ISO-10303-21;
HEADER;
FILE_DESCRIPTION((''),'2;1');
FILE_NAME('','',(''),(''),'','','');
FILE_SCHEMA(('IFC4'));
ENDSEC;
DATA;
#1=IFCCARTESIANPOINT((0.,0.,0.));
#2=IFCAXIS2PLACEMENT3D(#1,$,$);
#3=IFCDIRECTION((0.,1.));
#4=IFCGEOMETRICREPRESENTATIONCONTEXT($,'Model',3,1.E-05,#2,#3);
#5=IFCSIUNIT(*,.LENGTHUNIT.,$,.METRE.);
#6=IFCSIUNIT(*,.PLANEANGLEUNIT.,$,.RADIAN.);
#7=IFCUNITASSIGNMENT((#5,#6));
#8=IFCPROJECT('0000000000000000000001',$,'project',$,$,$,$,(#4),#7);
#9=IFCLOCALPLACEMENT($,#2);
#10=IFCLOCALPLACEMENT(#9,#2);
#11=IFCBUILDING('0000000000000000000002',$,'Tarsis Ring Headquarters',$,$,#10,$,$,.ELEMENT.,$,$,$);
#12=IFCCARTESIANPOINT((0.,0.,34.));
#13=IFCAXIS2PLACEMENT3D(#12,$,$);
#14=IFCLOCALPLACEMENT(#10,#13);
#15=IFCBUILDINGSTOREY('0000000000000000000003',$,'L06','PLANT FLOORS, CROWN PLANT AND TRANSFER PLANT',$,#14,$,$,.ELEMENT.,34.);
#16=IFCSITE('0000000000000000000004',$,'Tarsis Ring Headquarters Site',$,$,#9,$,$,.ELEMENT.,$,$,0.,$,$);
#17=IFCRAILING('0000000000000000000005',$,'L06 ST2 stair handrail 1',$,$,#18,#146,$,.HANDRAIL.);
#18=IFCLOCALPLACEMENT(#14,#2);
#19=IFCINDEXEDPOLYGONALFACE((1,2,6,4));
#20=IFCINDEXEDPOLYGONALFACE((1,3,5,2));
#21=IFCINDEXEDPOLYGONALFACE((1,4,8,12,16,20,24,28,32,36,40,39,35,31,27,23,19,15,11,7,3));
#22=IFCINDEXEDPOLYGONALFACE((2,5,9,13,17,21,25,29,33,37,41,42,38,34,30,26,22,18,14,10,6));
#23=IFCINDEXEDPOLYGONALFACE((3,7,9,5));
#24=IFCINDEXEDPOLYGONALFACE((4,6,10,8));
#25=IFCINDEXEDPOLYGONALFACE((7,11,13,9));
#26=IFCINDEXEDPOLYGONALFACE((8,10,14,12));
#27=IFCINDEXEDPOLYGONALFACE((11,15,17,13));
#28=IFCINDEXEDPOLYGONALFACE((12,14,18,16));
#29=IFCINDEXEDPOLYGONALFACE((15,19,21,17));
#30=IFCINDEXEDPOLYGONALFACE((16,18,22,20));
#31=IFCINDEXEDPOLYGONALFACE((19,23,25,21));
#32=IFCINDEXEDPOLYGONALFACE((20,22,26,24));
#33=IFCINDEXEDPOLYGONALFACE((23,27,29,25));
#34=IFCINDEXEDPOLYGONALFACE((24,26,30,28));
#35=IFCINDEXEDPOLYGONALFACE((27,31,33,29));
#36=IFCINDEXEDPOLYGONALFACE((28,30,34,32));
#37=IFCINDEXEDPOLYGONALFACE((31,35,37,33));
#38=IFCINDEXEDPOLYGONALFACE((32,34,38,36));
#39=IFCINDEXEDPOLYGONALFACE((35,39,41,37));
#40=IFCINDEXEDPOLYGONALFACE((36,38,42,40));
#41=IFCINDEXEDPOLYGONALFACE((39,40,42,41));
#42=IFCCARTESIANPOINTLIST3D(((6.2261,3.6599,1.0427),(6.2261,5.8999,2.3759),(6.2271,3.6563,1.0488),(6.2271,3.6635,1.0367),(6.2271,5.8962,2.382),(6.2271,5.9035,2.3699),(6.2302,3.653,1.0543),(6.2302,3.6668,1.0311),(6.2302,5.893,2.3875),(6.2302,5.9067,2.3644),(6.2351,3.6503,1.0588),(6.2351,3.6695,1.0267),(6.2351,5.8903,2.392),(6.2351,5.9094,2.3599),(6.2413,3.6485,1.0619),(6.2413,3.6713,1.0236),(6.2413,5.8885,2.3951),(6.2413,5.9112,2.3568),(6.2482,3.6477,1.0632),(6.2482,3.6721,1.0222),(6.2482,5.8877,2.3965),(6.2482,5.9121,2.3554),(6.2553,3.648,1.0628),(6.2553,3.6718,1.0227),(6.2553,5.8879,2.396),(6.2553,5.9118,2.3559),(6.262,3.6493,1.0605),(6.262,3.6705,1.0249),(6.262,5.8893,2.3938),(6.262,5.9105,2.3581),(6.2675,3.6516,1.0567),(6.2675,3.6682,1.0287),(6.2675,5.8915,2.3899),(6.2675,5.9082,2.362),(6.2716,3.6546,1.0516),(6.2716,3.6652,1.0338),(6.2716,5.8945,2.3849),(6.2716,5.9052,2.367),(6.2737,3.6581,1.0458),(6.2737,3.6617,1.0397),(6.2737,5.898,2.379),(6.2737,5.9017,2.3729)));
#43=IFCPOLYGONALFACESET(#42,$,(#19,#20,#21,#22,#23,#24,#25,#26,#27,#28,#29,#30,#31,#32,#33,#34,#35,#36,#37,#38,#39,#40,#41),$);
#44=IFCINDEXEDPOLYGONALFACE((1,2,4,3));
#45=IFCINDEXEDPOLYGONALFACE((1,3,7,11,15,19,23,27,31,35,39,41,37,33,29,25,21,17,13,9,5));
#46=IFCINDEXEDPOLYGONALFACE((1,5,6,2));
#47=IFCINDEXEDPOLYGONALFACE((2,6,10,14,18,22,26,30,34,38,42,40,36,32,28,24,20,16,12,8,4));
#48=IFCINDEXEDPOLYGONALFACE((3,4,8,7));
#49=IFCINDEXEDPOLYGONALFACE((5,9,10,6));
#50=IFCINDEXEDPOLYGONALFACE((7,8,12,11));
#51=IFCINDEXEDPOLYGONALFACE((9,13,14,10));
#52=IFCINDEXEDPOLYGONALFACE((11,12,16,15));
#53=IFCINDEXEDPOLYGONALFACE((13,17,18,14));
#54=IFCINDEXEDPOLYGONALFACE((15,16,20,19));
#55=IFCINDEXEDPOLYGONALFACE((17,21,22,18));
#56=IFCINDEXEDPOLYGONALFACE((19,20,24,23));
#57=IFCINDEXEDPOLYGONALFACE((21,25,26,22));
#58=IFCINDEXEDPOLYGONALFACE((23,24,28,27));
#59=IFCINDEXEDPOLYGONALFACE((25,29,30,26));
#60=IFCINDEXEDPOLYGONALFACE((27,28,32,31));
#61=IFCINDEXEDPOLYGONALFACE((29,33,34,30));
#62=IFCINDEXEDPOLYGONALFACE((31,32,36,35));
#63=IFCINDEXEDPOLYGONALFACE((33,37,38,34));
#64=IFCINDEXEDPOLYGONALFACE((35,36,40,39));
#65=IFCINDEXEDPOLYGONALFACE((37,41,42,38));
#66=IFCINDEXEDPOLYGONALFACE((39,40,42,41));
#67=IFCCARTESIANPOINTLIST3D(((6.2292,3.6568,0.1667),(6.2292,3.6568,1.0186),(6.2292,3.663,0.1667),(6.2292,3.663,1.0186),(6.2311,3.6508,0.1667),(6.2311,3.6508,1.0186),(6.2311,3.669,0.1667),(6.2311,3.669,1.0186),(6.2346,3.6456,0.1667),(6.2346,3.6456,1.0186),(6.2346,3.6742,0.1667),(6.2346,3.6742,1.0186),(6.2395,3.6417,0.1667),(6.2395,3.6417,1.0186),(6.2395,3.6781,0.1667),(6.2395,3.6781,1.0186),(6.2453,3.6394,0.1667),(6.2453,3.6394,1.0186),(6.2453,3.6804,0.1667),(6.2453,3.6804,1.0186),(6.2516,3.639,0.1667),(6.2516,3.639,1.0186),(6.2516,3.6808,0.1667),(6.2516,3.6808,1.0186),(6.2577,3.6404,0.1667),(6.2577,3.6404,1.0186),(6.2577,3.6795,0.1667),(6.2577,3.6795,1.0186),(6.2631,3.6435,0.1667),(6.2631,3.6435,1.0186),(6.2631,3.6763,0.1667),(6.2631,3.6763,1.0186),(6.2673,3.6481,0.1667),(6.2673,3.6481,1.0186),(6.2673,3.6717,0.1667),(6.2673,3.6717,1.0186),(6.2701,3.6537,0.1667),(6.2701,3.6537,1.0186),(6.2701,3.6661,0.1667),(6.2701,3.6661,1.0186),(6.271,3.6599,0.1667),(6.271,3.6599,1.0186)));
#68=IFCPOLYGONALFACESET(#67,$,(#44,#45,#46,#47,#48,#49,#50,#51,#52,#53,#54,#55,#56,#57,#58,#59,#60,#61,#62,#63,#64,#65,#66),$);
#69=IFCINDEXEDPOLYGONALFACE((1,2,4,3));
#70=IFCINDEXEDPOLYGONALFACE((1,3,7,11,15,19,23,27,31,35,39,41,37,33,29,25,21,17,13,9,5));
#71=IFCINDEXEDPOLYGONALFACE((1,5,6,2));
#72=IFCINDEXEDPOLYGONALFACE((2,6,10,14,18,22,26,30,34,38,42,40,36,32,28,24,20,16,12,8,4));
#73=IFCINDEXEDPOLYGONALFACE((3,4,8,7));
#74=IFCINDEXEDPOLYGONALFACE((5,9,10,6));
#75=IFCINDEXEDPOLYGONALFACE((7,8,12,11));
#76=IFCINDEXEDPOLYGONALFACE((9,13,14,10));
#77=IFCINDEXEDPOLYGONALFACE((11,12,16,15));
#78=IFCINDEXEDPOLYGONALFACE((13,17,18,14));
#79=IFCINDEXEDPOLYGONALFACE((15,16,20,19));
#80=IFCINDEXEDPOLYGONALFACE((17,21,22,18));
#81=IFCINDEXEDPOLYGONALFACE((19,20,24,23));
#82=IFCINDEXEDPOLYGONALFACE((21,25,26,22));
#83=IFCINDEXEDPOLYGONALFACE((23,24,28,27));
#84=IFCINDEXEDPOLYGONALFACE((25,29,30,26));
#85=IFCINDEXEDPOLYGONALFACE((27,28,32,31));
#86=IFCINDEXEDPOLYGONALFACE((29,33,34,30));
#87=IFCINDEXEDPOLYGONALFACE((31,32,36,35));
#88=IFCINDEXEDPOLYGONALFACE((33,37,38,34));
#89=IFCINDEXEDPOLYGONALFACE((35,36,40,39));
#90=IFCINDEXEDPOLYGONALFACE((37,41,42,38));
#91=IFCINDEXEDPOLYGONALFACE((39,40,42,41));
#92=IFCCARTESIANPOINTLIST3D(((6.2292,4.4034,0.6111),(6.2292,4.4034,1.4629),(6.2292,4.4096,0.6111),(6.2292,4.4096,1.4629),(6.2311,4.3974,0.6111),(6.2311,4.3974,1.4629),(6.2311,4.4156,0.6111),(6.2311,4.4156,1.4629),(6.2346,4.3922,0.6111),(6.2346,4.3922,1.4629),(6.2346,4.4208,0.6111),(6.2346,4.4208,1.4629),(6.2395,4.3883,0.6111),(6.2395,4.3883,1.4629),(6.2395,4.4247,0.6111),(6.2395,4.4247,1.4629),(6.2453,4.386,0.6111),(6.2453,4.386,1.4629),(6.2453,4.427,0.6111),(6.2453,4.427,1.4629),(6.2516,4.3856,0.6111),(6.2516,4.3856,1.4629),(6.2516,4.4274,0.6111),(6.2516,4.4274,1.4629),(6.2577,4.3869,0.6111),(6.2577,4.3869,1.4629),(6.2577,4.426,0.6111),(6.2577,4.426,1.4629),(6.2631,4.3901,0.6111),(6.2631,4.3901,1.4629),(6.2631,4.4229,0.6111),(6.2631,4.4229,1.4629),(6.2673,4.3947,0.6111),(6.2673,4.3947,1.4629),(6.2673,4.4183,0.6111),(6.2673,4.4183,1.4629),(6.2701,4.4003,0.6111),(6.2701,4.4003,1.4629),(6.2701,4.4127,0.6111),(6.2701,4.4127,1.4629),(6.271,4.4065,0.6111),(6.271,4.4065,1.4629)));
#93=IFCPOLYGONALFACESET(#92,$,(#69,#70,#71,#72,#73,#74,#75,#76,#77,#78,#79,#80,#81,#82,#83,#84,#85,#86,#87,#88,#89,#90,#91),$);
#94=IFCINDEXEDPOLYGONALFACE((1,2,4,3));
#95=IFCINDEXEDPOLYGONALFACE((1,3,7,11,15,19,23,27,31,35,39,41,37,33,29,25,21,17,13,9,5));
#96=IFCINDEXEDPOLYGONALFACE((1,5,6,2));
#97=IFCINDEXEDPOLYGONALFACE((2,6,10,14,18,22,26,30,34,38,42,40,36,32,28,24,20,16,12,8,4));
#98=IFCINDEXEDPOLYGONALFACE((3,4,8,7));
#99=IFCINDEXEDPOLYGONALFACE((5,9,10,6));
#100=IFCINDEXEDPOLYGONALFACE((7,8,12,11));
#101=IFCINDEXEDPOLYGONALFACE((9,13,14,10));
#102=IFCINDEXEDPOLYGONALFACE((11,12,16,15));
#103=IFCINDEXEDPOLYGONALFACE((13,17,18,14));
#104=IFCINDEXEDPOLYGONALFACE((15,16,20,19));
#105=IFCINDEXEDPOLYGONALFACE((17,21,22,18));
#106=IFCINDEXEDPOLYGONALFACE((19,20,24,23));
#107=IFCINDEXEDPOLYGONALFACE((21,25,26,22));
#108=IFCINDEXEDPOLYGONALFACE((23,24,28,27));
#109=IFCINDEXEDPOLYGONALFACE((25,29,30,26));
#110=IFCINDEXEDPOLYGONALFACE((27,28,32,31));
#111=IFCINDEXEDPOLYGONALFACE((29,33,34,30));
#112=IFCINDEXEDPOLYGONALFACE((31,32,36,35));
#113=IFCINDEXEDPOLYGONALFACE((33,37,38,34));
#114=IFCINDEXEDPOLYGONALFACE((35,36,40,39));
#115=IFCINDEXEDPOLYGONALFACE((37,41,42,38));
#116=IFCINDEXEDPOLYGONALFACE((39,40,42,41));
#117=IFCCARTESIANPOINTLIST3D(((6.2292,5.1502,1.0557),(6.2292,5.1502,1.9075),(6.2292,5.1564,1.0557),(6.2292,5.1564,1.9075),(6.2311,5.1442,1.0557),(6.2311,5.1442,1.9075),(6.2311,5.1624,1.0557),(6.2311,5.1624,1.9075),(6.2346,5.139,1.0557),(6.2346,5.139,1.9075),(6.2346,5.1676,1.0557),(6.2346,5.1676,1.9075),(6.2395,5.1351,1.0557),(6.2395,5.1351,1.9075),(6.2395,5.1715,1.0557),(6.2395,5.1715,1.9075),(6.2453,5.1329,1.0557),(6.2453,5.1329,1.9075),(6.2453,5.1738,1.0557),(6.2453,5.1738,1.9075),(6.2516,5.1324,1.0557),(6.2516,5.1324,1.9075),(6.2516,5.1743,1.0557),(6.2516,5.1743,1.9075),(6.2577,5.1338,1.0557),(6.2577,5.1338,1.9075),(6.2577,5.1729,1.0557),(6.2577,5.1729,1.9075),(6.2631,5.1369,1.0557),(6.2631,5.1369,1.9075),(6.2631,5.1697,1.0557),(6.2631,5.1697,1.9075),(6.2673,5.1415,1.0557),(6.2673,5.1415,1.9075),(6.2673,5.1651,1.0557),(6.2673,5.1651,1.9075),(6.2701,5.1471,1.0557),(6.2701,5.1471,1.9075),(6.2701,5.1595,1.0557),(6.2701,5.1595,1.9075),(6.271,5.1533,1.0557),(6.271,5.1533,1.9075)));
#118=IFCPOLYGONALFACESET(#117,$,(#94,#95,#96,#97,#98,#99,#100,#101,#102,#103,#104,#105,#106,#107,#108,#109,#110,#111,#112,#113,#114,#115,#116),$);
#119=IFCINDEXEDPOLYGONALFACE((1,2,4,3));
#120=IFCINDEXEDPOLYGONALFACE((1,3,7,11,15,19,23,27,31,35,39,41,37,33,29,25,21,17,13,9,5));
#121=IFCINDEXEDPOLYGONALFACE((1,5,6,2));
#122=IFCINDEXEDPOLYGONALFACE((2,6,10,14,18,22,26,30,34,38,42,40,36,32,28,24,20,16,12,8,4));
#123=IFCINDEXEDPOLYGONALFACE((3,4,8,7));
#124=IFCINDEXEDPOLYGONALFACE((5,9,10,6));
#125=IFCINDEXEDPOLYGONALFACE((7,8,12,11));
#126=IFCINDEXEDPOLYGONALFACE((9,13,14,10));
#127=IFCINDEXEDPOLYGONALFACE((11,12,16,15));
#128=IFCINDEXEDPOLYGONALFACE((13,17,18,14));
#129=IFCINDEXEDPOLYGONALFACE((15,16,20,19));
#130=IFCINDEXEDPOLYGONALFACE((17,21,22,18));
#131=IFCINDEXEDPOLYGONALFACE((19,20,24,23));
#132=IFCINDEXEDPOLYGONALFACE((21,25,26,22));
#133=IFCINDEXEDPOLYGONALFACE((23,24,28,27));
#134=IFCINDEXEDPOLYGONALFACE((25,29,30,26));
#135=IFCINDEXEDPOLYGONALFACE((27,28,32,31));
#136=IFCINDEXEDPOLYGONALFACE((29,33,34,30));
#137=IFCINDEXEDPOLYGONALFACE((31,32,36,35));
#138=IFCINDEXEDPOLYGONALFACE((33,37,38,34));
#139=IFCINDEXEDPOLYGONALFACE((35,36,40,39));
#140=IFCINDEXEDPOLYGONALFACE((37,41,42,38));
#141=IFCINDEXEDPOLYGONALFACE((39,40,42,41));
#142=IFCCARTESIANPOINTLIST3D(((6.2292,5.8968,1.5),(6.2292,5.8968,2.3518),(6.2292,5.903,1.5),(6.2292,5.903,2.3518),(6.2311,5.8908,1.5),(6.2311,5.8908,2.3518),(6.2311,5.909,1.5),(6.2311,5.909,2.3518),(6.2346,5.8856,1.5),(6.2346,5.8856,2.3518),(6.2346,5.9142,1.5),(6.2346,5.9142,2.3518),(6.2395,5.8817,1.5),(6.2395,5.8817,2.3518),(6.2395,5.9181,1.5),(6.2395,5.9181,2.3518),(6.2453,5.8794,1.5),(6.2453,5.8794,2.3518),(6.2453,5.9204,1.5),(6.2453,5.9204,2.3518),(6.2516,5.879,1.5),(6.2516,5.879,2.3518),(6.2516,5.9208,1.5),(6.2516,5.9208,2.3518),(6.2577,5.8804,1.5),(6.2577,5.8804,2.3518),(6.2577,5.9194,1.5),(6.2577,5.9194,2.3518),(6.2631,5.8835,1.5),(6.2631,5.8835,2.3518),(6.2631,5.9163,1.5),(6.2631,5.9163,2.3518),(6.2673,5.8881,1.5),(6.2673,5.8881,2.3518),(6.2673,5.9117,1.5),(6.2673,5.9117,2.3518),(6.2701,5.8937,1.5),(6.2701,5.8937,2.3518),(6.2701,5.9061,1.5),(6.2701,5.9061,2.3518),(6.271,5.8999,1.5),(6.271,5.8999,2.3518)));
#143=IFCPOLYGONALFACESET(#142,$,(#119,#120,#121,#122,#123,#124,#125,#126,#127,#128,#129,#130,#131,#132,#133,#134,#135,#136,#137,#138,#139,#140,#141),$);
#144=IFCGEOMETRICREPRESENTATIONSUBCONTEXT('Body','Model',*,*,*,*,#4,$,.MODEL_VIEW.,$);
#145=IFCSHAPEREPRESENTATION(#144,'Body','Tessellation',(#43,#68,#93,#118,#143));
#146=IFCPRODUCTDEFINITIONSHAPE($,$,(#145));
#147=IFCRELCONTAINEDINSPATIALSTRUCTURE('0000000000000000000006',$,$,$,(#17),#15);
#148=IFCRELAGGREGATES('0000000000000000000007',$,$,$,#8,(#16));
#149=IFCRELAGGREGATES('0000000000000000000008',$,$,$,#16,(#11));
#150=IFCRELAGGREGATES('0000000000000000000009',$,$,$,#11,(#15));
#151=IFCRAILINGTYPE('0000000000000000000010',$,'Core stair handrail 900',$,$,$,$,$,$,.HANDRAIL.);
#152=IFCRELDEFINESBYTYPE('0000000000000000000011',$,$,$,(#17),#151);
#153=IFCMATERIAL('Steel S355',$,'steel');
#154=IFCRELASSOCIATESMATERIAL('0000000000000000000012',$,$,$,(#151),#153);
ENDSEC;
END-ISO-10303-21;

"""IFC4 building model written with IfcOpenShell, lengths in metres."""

from ifc_helpers import new_model, si_unit, direction, frame, origin, origin_2d, place, context, subcontext, project, spatial, circle, extrude, material, type_object, element, save


model = new_model("IFC4")

# Units and contexts
model_context = context("Model", 3, precision=1e-05, world=origin(), true_north=direction((0.0, 1.0)))
body_context = subcontext(model_context, "Body", "Model", "MODEL_VIEW")
ifc_project = project(units=[si_unit("LENGTHUNIT", "METRE"), si_unit("PLANEANGLEUNIT", "RADIAN")], contexts=[model_context])

# Site, building, storey
site_placement = place(None, origin())
site = spatial("IfcSite", under=ifc_project, at=site_placement, Name="Tarsis Ring Headquarters Site", CompositionType="ELEMENT", RefElevation=0.0)
building_placement = place(site_placement, origin())
building = spatial("IfcBuilding", under=site, at=building_placement, Name="Tarsis Ring Headquarters", CompositionType="ELEMENT")
storey_placement = place(building_placement, frame((0.0, 0.0, 34.0)))
storey = spatial("IfcBuildingStorey", under=building, at=storey_placement, Name="L06", Description="PLANT FLOORS, CROWN PLANT AND TRANSFER PLANT", CompositionType="ELEMENT", Elevation=34.0)

# Shared definitions
ifc_material_1 = material(Name="Steel S355", Category="steel")

# Railing
railing_type_1 = type_object("IfcRailingType", Name="Core stair handrail 900", PredefinedType="HANDRAIL", material=ifc_material_1)
for number, where, name in (
    (1, (6.25, 3.6599, 0.1667), "L06 ST2 stair handrail 1"),
):
    element("IfcRailing", number, at=place(storey_placement, frame(where)), inside=storey, type_object=railing_type_1, Name=name, PredefinedType="HANDRAIL", context=body_context, shape_type="SweptSolid", body=[
        extrude(circle(Radius=0.0239, at=origin_2d()), frame((0.0, 0.0, 0.876), z_axis=(0.0, 0.859306, 0.511462), x_axis=(-1.0, 0.0, 0.0)), (0.0, 0.0, 1.0), 2.6067),
        extrude(circle(Radius=0.021, at=origin_2d()), origin(), (0.0, 0.0, 1.0), 0.8518),
        extrude(circle(Radius=0.021, at=origin_2d()), frame((0.0, 0.7466, 0.4443)), (0.0, 0.0, 1.0), 0.8518),
        extrude(circle(Radius=0.021, at=origin_2d()), frame((0.0, 1.4934, 0.8889)), (0.0, 0.0, 1.0), 0.8518),
        extrude(circle(Radius=0.021, at=origin_2d()), frame((0.0, 2.24, 1.3333)), (0.0, 0.0, 1.0), 0.8518),
    ])

save(model, "model.ifc")
